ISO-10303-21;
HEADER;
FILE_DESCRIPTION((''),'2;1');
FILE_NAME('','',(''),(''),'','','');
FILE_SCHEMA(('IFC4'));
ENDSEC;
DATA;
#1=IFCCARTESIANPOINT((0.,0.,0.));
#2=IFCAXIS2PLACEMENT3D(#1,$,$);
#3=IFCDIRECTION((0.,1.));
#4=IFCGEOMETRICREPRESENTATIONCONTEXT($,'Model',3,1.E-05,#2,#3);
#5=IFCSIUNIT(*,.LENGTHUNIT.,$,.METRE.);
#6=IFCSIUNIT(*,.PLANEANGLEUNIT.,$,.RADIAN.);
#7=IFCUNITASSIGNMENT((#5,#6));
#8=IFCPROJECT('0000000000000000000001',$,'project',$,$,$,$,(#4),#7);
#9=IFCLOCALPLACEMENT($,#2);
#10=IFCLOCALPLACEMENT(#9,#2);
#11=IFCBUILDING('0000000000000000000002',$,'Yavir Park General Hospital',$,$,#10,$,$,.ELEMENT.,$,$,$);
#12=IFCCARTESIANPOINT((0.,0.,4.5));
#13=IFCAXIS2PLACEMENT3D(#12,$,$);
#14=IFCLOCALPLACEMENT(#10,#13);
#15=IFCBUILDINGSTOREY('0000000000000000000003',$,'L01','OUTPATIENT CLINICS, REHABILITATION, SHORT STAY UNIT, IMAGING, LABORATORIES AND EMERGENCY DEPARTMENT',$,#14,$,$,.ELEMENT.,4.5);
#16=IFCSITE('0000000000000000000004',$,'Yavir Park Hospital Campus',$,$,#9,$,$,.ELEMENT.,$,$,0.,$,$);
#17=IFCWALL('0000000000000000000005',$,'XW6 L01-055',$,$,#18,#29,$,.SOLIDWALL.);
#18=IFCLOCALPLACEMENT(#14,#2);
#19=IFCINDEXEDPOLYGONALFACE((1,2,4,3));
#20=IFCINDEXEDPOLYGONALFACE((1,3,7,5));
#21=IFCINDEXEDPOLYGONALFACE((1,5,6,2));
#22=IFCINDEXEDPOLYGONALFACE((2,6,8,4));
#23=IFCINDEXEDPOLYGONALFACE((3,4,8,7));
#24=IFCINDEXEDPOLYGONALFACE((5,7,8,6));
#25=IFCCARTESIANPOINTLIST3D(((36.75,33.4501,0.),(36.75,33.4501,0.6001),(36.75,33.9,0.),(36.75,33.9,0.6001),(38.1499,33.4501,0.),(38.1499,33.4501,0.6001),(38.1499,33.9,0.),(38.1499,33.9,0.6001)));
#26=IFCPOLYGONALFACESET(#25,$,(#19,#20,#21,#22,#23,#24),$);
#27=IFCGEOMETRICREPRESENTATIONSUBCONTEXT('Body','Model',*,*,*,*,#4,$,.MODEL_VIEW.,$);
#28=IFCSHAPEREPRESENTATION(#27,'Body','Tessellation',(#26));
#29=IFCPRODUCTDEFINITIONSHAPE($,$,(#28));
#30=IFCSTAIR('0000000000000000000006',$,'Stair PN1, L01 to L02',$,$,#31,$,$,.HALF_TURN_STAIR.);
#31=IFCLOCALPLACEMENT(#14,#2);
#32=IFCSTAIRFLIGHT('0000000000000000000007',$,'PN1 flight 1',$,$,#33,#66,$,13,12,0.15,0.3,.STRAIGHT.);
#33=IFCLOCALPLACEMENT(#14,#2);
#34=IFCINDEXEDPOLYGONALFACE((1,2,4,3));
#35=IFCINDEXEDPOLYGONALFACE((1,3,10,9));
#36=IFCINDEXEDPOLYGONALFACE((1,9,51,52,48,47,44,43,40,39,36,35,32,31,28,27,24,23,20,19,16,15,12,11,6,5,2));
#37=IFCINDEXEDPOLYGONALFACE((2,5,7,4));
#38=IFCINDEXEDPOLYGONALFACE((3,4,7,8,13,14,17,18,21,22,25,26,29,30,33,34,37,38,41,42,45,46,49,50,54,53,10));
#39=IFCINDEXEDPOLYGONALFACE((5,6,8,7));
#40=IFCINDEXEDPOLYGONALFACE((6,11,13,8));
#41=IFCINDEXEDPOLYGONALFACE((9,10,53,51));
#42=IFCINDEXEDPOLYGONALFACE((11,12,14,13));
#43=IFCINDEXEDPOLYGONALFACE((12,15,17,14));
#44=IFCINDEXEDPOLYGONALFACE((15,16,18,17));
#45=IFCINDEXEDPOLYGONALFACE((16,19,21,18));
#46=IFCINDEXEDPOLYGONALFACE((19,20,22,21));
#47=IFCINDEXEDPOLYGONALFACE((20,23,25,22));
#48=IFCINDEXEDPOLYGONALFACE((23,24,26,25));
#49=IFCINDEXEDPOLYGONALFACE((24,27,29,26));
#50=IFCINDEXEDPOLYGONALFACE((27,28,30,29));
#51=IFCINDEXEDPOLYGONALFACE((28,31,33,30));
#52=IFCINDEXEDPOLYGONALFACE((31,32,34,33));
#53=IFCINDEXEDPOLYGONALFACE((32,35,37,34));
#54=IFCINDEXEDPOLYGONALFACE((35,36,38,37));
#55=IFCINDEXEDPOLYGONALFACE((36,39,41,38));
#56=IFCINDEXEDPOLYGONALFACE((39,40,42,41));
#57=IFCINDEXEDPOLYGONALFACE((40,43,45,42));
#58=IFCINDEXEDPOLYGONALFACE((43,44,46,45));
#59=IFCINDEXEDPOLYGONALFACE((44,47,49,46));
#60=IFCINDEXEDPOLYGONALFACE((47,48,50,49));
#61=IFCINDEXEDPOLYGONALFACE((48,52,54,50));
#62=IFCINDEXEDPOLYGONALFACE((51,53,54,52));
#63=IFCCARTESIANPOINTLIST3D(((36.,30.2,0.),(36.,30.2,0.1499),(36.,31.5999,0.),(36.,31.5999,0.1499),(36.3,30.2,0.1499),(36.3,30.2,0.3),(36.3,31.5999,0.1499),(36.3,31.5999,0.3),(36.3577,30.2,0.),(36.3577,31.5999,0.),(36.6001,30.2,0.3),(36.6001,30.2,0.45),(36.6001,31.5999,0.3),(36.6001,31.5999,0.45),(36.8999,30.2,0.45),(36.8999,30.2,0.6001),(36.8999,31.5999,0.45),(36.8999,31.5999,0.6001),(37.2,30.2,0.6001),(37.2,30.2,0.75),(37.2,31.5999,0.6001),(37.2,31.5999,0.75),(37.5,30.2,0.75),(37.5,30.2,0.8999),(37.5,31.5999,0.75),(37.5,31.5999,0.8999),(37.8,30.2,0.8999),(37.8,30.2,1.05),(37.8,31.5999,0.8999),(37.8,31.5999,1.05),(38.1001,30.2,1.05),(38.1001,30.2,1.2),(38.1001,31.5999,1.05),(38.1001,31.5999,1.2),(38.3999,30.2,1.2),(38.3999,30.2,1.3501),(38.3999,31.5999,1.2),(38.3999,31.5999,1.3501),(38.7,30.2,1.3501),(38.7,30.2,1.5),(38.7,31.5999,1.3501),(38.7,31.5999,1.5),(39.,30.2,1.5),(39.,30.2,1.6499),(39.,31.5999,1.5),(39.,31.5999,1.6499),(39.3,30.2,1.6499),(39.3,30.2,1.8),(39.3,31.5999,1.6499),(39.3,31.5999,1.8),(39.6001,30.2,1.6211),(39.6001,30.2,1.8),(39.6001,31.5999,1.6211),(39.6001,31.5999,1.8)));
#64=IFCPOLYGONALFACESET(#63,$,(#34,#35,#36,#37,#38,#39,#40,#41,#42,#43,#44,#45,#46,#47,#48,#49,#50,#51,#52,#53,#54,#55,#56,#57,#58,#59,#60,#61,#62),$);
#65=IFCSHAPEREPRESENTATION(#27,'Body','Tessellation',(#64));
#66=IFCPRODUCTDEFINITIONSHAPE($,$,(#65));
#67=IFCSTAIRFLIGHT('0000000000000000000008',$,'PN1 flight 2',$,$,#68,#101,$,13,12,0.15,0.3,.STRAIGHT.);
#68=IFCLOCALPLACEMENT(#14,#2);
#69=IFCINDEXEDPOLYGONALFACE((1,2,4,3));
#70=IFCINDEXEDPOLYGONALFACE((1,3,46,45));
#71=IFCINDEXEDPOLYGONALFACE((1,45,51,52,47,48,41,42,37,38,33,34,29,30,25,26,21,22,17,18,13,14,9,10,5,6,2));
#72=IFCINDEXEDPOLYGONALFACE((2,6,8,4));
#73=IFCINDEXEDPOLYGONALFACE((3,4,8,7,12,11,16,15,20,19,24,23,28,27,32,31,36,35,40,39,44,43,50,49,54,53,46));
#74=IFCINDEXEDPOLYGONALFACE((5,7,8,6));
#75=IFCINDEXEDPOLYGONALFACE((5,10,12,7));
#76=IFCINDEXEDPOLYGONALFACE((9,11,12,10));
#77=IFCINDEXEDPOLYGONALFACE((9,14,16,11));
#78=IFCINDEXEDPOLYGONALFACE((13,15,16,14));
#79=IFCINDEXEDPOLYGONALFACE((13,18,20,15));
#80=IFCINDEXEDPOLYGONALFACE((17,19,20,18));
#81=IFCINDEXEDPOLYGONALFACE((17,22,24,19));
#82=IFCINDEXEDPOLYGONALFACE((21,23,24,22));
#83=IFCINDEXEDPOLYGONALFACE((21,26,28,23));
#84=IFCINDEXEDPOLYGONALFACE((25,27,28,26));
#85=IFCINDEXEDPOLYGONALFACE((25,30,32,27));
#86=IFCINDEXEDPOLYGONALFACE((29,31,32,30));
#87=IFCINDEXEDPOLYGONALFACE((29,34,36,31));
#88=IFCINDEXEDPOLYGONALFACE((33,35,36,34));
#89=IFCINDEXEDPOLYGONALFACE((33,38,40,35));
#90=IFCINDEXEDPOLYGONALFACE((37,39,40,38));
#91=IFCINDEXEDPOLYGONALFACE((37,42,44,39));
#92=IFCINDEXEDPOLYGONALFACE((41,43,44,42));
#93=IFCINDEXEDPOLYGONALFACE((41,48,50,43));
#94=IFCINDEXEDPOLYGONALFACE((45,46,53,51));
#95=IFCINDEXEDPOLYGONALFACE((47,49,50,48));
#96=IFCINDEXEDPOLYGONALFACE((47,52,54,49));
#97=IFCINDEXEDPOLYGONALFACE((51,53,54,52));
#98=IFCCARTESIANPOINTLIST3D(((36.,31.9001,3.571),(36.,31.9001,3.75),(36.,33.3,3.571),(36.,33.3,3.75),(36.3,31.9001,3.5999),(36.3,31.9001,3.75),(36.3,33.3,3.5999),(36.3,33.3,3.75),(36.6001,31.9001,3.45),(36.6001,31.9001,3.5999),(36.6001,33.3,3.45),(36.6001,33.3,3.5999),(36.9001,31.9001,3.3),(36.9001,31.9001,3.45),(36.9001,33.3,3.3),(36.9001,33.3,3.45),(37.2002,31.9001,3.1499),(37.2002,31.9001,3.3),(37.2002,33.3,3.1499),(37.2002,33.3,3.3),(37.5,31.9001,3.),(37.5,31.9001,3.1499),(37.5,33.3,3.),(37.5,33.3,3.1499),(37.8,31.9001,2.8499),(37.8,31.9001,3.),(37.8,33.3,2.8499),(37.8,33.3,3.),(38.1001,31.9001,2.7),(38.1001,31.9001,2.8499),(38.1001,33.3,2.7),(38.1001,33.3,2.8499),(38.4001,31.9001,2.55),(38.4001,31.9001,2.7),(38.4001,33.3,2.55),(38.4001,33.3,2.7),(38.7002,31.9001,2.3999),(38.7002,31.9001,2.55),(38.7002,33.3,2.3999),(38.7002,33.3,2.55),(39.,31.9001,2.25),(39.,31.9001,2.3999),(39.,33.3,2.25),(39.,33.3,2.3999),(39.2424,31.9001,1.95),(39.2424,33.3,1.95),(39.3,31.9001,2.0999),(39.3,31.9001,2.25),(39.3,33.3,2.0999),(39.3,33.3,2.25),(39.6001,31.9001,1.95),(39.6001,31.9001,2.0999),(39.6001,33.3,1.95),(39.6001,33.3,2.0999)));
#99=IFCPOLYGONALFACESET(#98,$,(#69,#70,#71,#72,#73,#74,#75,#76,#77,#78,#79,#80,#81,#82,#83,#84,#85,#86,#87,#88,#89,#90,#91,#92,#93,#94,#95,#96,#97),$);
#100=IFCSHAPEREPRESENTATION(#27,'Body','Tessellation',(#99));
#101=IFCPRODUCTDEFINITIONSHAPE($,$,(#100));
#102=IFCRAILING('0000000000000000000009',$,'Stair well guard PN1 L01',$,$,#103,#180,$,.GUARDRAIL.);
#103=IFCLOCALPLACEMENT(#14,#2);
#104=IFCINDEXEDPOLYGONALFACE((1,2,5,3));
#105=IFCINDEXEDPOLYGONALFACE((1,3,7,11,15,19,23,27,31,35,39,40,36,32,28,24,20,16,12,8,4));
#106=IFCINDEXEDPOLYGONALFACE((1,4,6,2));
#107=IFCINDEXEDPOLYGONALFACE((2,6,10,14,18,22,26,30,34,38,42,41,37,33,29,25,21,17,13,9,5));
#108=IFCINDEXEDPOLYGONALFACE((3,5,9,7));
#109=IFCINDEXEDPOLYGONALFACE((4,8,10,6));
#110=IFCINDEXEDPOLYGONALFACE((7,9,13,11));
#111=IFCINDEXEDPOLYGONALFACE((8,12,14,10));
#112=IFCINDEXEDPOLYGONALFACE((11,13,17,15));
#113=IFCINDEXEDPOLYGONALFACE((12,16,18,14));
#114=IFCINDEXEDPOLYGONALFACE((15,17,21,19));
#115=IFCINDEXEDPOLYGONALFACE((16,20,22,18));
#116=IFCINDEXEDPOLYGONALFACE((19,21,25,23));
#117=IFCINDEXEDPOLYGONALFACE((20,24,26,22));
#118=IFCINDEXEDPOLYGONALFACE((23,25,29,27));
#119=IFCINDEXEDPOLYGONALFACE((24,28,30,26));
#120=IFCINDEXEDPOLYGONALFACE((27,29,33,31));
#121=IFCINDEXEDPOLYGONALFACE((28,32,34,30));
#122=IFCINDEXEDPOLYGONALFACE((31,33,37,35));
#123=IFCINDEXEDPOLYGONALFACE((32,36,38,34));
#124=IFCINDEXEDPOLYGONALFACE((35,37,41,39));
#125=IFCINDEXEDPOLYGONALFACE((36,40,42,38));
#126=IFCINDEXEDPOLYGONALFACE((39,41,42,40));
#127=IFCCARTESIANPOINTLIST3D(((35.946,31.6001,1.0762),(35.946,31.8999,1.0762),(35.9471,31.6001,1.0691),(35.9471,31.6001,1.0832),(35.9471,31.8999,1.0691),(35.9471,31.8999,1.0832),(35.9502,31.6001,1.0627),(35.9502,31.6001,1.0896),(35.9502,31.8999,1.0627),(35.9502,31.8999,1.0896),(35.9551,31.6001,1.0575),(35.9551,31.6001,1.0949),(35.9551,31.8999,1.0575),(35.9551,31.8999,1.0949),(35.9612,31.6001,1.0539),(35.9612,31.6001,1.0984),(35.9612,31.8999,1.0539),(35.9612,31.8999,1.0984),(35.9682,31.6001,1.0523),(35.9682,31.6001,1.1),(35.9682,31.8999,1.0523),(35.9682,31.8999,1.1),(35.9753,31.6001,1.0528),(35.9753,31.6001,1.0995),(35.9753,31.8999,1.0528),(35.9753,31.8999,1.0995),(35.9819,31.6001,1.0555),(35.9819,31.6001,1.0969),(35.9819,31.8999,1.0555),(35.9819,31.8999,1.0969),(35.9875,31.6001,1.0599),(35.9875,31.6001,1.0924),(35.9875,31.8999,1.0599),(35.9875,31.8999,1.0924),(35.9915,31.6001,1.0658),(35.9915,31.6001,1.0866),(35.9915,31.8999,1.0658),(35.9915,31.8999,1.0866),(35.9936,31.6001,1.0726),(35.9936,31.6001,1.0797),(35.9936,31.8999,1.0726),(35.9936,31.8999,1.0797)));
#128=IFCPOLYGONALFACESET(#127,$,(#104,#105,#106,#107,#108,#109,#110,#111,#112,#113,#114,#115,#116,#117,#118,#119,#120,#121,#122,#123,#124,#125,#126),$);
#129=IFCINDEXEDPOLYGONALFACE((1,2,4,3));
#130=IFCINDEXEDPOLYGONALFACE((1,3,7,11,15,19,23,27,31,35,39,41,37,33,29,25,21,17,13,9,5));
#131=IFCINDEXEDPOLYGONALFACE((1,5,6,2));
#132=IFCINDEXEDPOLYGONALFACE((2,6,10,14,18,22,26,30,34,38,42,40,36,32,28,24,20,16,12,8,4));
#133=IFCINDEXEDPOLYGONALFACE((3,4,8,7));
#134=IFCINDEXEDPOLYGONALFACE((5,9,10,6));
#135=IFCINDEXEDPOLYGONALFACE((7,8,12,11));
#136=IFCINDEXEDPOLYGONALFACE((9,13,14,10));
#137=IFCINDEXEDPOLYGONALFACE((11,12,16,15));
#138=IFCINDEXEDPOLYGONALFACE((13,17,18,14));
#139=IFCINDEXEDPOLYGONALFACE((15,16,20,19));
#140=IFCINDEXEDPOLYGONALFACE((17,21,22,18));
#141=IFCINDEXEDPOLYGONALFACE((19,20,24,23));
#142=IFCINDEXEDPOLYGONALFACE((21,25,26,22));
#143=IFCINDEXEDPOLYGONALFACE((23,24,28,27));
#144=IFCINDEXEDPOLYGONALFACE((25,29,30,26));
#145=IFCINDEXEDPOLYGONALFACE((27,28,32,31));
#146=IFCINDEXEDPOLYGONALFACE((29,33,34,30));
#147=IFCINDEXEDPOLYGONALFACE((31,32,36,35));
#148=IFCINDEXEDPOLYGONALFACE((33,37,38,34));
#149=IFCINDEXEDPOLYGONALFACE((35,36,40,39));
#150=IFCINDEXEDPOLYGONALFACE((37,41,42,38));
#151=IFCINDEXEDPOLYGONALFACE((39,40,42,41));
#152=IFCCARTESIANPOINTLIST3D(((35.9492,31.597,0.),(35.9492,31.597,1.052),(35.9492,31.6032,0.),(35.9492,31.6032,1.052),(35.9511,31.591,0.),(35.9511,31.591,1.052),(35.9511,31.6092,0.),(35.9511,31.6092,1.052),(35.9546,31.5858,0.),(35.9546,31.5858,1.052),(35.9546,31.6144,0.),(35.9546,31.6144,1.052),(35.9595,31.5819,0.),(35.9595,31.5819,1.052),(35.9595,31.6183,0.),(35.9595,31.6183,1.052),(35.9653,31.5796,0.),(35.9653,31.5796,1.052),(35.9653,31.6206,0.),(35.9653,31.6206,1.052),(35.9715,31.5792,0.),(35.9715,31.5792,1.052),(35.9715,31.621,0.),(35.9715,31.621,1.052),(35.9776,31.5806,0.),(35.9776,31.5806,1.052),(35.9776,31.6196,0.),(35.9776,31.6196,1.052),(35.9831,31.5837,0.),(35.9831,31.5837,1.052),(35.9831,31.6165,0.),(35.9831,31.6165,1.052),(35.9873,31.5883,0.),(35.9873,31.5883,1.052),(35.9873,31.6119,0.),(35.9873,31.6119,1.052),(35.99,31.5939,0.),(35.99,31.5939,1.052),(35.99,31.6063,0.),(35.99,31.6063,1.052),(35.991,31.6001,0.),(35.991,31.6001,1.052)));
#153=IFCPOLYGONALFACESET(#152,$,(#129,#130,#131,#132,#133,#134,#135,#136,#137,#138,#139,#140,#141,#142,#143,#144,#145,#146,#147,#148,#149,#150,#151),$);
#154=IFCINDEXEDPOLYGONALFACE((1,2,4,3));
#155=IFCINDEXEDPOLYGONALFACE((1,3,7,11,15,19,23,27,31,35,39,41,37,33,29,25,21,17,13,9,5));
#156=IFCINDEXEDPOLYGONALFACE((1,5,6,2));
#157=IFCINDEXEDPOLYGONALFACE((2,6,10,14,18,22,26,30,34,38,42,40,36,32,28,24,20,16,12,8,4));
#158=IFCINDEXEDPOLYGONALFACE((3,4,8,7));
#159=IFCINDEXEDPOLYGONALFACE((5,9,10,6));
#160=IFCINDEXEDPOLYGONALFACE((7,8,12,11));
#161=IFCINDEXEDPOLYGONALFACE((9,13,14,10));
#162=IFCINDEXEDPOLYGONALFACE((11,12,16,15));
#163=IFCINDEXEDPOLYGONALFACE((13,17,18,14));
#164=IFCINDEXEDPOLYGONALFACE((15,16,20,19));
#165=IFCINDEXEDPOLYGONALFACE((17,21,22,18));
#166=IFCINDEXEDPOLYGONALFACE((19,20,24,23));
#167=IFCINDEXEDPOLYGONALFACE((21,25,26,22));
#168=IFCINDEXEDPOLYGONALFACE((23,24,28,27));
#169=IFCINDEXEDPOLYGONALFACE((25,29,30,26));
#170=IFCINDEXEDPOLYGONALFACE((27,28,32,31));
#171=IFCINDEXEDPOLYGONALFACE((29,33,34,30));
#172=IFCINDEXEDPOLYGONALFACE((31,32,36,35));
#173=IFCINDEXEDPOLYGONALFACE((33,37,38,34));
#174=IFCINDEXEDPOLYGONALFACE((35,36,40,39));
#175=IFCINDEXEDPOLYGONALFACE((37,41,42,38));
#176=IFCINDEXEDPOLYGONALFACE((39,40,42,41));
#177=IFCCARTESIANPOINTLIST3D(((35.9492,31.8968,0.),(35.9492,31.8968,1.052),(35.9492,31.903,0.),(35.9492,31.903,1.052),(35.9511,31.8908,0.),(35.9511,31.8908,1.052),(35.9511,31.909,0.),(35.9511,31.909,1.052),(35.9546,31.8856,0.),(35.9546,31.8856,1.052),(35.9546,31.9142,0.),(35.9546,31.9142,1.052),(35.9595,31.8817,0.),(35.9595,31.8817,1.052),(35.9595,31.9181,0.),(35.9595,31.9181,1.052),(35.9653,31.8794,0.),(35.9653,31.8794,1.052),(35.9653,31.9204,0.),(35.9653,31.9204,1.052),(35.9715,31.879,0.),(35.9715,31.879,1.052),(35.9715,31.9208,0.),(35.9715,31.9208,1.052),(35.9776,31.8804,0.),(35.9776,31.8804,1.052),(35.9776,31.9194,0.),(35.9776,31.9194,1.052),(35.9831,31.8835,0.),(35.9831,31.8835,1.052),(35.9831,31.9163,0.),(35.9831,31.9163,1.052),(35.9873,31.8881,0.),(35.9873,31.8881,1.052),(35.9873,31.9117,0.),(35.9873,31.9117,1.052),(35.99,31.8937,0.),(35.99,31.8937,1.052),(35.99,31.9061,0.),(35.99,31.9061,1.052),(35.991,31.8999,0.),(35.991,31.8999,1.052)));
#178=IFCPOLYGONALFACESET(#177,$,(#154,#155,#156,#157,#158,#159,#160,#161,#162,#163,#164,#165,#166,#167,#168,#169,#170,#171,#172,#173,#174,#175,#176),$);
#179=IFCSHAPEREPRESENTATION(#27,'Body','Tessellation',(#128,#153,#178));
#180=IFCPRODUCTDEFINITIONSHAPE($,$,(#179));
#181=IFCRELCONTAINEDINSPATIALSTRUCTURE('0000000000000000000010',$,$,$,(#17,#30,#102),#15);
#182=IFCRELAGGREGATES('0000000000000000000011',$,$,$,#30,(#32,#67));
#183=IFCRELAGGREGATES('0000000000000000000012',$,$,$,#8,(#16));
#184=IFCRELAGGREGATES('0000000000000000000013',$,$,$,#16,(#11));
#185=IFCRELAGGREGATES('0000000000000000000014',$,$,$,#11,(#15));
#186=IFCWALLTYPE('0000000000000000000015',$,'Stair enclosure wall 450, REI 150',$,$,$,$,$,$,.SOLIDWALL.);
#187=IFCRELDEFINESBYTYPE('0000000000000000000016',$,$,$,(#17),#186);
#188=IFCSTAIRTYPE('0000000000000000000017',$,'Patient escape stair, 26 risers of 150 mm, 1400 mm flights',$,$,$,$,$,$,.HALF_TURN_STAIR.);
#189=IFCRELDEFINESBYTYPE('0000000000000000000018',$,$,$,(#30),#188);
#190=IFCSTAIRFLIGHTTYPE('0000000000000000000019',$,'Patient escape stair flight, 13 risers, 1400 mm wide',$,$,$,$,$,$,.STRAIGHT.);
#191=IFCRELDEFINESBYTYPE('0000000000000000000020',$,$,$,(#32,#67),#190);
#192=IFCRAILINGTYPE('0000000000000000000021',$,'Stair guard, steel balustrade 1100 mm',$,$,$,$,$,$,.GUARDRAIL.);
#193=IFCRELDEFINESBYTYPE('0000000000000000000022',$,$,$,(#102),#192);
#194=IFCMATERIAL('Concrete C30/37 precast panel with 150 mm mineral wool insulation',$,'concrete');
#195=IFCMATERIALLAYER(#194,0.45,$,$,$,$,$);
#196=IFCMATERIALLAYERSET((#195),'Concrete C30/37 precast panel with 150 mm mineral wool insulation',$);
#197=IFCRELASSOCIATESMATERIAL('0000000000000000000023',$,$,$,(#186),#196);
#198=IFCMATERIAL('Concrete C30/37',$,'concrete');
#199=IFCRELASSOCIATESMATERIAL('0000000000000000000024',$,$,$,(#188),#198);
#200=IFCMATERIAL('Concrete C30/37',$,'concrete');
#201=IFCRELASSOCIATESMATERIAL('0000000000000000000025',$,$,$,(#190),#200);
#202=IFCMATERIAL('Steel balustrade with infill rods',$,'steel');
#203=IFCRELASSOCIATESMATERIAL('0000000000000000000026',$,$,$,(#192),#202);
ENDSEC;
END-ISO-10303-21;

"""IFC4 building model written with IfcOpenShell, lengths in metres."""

from ifc_helpers import new_model, si_unit, direction, frame, frame_2d, origin, origin_2d, place, context, subcontext, project, spatial, polyline, rectangle, circle, outline, extrude, material, layer, layer_set, type_object, element, aggregate, save


model = new_model("IFC4")

# Units and contexts
model_context = context("Model", 3, precision=1e-05, world=origin(), true_north=direction((0.0, 1.0)))
body_context = subcontext(model_context, "Body", "Model", "MODEL_VIEW")
ifc_project = project(units=[si_unit("LENGTHUNIT", "METRE"), si_unit("PLANEANGLEUNIT", "RADIAN")], contexts=[model_context])

# Site, building, storey
site_placement = place(None, origin())
site = spatial("IfcSite", under=ifc_project, at=site_placement, Name="Yavir Park Hospital Campus", CompositionType="ELEMENT", RefElevation=0.0)
building_placement = place(site_placement, origin())
building = spatial("IfcBuilding", under=site, at=building_placement, Name="Yavir Park General Hospital", CompositionType="ELEMENT")
storey_placement = place(building_placement, frame((0.0, 0.0, 4.5)))
storey = spatial("IfcBuildingStorey", under=building, at=storey_placement, Name="L01", Description="OUTPATIENT CLINICS, REHABILITATION, SHORT STAY UNIT, IMAGING, LABORATORIES AND EMERGENCY DEPARTMENT", CompositionType="ELEMENT", Elevation=4.5)

# Wall
ifc_material_1 = material(Name="Concrete C30/37 precast panel with 150 mm mineral wool insulation", Category="concrete")
ifc_layer_1 = layer(ifc_material_1, 0.45)
ifc_layer_set_1 = layer_set([ifc_layer_1], Name="Concrete C30/37 precast panel with 150 mm mineral wool insulation")
wall_type_1 = type_object("IfcWallType", Name="Stair enclosure wall 450, REI 150", PredefinedType="SOLIDWALL", material=ifc_layer_set_1)
wall_1_placement = place(storey_placement, frame((36.75, 33.675, 0.0), z_axis=(0.0, 0.0, 1.0), x_axis=(1.0, 0.0, 0.0)))
element("IfcWall", 1, at=wall_1_placement, inside=storey, type_object=wall_type_1, Name="XW6 L01-055", PredefinedType="SOLIDWALL", context=body_context, shape_type="SweptSolid", body=[
    extrude(rectangle(XDim=1.3999, YDim=0.45, at=frame_2d((0.7, 0.0))), origin(), (0.0, 0.0, 1.0), 0.6001),
])

# Stair, stair flights
ifc_material_2 = material(Name="Concrete C30/37", Category="concrete")
stair_type = type_object("IfcStairType", Name="Patient escape stair, 26 risers of 150 mm, 1400 mm flights", PredefinedType="HALF_TURN_STAIR", material=ifc_material_2)
stair_placement = place(storey_placement, origin())
stair = element("IfcStair", 2, at=stair_placement, inside=storey, type_object=stair_type, Name="Stair PN1, L01 to L02", PredefinedType="HALF_TURN_STAIR")
ifc_material_3 = material(Name="Concrete C30/37", Category="concrete")
stair_flight_type = type_object("IfcStairFlightType", Name="Patient escape stair flight, 13 risers, 1400 mm wide", PredefinedType="STRAIGHT", material=ifc_material_3)
stair_flight_1_placement = place(storey_placement, frame((36.0, 30.8999, 0.0), z_axis=(0.0, 0.0, 1.0), x_axis=(1.0, 0.0, 0.0)))
stair_flight_1 = element("IfcStairFlight", 3, at=stair_flight_1_placement, type_object=stair_flight_type, Name="PN1 flight 1", NumberOfRisers=13, NumberOfTreads=12, PredefinedType="STRAIGHT", RiserHeight=0.15, TreadLength=0.3, context=body_context, shape_type="SweptSolid", body=[
    extrude(outline(polyline([(0.0, 0.0), (0.0, 0.1499), (0.3, 0.1499), (0.3, 0.3), (0.6001, 0.3), (0.6001, 0.45), (0.8999, 0.45), (0.8999, 0.6001), (1.2, 0.6001), (1.2, 0.75), (1.5, 0.75), (1.5, 0.8999), (1.8, 0.8999), (1.8, 1.05), (2.1001, 1.05), (2.1001, 1.2), (2.3999, 1.2), (2.3999, 1.3501), (2.7, 1.3501), (2.7, 1.5), (3.0, 1.5), (3.0, 1.6499), (3.3, 1.6499), (3.3, 1.8), (3.6001, 1.8), (3.6001, 1.95), (3.6001, 1.6211), (0.3577, 0.0), (0.0, 0.0)])), frame((0.0, 0.7, 0.0), z_axis=(0.0, -1.0, 0.0), x_axis=(1.0, 0.0, 0.0)), (0.0, 0.0, 1.0), 1.3999),
])
stair_flight_2_placement = place(storey_placement, frame((39.6001, 32.6001, 1.95), z_axis=(0.0, 0.0, 1.0), x_axis=(-1.0, 0.0, 0.0)))
stair_flight_2 = element("IfcStairFlight", 4, at=stair_flight_2_placement, type_object=stair_flight_type, Name="PN1 flight 2", NumberOfRisers=13, NumberOfTreads=12, PredefinedType="STRAIGHT", RiserHeight=0.15, TreadLength=0.3, context=body_context, shape_type="SweptSolid", body=[
    extrude(outline(polyline([(0.0, 0.0), (0.0, 0.1499), (0.3, 0.1499), (0.3, 0.3), (0.6001, 0.3), (0.6001, 0.45), (0.8999, 0.45), (0.8999, 0.6001), (1.2, 0.6001), (1.2, 0.75), (1.5, 0.75), (1.5, 0.8999), (1.8, 0.8999), (1.8, 1.05), (2.1001, 1.05), (2.1001, 1.2), (2.3999, 1.2), (2.3999, 1.3501), (2.7, 1.3501), (2.7, 1.5), (3.0, 1.5), (3.0, 1.6499), (3.3, 1.6499), (3.3, 1.8), (3.6001, 1.8), (3.6001, 1.95), (3.6001, 1.6211), (0.3577, 0.0), (0.0, 0.0)])), frame((0.0, 0.7, 0.0), z_axis=(0.0, -1.0, 0.0), x_axis=(1.0, 0.0, 0.0)), (0.0, 0.0, 1.0), 1.3999),
])
aggregate(stair, [stair_flight_1, stair_flight_2])

# Railing
ifc_material_4 = material(Name="Steel balustrade with infill rods", Category="steel")
railing_type_1 = type_object("IfcRailingType", Name="Stair guard, steel balustrade 1100 mm", PredefinedType="GUARDRAIL", material=ifc_material_4)
railing_placement = place(storey_placement, frame((35.97, 31.6001, 0.0)))
element("IfcRailing", 5, at=railing_placement, inside=storey, type_object=railing_type_1, Name="Stair well guard PN1 L01", PredefinedType="GUARDRAIL", context=body_context, shape_type="SweptSolid", body=[
    extrude(circle(Radius=0.0239, at=origin_2d()), frame((0.0, 0.0, 1.0762), z_axis=(0.0, 1.0, 0.0), x_axis=(-1.0, 0.0, 0.0)), (0.0, 0.0, 1.0), 0.2998),
    extrude(circle(Radius=0.021, at=origin_2d()), origin(), (0.0, 0.0, 1.0), 1.052),
    extrude(circle(Radius=0.021, at=origin_2d()), frame((0.0, 0.2998, 0.0)), (0.0, 0.0, 1.0), 1.052),
])

save(model, "model.ifc")
